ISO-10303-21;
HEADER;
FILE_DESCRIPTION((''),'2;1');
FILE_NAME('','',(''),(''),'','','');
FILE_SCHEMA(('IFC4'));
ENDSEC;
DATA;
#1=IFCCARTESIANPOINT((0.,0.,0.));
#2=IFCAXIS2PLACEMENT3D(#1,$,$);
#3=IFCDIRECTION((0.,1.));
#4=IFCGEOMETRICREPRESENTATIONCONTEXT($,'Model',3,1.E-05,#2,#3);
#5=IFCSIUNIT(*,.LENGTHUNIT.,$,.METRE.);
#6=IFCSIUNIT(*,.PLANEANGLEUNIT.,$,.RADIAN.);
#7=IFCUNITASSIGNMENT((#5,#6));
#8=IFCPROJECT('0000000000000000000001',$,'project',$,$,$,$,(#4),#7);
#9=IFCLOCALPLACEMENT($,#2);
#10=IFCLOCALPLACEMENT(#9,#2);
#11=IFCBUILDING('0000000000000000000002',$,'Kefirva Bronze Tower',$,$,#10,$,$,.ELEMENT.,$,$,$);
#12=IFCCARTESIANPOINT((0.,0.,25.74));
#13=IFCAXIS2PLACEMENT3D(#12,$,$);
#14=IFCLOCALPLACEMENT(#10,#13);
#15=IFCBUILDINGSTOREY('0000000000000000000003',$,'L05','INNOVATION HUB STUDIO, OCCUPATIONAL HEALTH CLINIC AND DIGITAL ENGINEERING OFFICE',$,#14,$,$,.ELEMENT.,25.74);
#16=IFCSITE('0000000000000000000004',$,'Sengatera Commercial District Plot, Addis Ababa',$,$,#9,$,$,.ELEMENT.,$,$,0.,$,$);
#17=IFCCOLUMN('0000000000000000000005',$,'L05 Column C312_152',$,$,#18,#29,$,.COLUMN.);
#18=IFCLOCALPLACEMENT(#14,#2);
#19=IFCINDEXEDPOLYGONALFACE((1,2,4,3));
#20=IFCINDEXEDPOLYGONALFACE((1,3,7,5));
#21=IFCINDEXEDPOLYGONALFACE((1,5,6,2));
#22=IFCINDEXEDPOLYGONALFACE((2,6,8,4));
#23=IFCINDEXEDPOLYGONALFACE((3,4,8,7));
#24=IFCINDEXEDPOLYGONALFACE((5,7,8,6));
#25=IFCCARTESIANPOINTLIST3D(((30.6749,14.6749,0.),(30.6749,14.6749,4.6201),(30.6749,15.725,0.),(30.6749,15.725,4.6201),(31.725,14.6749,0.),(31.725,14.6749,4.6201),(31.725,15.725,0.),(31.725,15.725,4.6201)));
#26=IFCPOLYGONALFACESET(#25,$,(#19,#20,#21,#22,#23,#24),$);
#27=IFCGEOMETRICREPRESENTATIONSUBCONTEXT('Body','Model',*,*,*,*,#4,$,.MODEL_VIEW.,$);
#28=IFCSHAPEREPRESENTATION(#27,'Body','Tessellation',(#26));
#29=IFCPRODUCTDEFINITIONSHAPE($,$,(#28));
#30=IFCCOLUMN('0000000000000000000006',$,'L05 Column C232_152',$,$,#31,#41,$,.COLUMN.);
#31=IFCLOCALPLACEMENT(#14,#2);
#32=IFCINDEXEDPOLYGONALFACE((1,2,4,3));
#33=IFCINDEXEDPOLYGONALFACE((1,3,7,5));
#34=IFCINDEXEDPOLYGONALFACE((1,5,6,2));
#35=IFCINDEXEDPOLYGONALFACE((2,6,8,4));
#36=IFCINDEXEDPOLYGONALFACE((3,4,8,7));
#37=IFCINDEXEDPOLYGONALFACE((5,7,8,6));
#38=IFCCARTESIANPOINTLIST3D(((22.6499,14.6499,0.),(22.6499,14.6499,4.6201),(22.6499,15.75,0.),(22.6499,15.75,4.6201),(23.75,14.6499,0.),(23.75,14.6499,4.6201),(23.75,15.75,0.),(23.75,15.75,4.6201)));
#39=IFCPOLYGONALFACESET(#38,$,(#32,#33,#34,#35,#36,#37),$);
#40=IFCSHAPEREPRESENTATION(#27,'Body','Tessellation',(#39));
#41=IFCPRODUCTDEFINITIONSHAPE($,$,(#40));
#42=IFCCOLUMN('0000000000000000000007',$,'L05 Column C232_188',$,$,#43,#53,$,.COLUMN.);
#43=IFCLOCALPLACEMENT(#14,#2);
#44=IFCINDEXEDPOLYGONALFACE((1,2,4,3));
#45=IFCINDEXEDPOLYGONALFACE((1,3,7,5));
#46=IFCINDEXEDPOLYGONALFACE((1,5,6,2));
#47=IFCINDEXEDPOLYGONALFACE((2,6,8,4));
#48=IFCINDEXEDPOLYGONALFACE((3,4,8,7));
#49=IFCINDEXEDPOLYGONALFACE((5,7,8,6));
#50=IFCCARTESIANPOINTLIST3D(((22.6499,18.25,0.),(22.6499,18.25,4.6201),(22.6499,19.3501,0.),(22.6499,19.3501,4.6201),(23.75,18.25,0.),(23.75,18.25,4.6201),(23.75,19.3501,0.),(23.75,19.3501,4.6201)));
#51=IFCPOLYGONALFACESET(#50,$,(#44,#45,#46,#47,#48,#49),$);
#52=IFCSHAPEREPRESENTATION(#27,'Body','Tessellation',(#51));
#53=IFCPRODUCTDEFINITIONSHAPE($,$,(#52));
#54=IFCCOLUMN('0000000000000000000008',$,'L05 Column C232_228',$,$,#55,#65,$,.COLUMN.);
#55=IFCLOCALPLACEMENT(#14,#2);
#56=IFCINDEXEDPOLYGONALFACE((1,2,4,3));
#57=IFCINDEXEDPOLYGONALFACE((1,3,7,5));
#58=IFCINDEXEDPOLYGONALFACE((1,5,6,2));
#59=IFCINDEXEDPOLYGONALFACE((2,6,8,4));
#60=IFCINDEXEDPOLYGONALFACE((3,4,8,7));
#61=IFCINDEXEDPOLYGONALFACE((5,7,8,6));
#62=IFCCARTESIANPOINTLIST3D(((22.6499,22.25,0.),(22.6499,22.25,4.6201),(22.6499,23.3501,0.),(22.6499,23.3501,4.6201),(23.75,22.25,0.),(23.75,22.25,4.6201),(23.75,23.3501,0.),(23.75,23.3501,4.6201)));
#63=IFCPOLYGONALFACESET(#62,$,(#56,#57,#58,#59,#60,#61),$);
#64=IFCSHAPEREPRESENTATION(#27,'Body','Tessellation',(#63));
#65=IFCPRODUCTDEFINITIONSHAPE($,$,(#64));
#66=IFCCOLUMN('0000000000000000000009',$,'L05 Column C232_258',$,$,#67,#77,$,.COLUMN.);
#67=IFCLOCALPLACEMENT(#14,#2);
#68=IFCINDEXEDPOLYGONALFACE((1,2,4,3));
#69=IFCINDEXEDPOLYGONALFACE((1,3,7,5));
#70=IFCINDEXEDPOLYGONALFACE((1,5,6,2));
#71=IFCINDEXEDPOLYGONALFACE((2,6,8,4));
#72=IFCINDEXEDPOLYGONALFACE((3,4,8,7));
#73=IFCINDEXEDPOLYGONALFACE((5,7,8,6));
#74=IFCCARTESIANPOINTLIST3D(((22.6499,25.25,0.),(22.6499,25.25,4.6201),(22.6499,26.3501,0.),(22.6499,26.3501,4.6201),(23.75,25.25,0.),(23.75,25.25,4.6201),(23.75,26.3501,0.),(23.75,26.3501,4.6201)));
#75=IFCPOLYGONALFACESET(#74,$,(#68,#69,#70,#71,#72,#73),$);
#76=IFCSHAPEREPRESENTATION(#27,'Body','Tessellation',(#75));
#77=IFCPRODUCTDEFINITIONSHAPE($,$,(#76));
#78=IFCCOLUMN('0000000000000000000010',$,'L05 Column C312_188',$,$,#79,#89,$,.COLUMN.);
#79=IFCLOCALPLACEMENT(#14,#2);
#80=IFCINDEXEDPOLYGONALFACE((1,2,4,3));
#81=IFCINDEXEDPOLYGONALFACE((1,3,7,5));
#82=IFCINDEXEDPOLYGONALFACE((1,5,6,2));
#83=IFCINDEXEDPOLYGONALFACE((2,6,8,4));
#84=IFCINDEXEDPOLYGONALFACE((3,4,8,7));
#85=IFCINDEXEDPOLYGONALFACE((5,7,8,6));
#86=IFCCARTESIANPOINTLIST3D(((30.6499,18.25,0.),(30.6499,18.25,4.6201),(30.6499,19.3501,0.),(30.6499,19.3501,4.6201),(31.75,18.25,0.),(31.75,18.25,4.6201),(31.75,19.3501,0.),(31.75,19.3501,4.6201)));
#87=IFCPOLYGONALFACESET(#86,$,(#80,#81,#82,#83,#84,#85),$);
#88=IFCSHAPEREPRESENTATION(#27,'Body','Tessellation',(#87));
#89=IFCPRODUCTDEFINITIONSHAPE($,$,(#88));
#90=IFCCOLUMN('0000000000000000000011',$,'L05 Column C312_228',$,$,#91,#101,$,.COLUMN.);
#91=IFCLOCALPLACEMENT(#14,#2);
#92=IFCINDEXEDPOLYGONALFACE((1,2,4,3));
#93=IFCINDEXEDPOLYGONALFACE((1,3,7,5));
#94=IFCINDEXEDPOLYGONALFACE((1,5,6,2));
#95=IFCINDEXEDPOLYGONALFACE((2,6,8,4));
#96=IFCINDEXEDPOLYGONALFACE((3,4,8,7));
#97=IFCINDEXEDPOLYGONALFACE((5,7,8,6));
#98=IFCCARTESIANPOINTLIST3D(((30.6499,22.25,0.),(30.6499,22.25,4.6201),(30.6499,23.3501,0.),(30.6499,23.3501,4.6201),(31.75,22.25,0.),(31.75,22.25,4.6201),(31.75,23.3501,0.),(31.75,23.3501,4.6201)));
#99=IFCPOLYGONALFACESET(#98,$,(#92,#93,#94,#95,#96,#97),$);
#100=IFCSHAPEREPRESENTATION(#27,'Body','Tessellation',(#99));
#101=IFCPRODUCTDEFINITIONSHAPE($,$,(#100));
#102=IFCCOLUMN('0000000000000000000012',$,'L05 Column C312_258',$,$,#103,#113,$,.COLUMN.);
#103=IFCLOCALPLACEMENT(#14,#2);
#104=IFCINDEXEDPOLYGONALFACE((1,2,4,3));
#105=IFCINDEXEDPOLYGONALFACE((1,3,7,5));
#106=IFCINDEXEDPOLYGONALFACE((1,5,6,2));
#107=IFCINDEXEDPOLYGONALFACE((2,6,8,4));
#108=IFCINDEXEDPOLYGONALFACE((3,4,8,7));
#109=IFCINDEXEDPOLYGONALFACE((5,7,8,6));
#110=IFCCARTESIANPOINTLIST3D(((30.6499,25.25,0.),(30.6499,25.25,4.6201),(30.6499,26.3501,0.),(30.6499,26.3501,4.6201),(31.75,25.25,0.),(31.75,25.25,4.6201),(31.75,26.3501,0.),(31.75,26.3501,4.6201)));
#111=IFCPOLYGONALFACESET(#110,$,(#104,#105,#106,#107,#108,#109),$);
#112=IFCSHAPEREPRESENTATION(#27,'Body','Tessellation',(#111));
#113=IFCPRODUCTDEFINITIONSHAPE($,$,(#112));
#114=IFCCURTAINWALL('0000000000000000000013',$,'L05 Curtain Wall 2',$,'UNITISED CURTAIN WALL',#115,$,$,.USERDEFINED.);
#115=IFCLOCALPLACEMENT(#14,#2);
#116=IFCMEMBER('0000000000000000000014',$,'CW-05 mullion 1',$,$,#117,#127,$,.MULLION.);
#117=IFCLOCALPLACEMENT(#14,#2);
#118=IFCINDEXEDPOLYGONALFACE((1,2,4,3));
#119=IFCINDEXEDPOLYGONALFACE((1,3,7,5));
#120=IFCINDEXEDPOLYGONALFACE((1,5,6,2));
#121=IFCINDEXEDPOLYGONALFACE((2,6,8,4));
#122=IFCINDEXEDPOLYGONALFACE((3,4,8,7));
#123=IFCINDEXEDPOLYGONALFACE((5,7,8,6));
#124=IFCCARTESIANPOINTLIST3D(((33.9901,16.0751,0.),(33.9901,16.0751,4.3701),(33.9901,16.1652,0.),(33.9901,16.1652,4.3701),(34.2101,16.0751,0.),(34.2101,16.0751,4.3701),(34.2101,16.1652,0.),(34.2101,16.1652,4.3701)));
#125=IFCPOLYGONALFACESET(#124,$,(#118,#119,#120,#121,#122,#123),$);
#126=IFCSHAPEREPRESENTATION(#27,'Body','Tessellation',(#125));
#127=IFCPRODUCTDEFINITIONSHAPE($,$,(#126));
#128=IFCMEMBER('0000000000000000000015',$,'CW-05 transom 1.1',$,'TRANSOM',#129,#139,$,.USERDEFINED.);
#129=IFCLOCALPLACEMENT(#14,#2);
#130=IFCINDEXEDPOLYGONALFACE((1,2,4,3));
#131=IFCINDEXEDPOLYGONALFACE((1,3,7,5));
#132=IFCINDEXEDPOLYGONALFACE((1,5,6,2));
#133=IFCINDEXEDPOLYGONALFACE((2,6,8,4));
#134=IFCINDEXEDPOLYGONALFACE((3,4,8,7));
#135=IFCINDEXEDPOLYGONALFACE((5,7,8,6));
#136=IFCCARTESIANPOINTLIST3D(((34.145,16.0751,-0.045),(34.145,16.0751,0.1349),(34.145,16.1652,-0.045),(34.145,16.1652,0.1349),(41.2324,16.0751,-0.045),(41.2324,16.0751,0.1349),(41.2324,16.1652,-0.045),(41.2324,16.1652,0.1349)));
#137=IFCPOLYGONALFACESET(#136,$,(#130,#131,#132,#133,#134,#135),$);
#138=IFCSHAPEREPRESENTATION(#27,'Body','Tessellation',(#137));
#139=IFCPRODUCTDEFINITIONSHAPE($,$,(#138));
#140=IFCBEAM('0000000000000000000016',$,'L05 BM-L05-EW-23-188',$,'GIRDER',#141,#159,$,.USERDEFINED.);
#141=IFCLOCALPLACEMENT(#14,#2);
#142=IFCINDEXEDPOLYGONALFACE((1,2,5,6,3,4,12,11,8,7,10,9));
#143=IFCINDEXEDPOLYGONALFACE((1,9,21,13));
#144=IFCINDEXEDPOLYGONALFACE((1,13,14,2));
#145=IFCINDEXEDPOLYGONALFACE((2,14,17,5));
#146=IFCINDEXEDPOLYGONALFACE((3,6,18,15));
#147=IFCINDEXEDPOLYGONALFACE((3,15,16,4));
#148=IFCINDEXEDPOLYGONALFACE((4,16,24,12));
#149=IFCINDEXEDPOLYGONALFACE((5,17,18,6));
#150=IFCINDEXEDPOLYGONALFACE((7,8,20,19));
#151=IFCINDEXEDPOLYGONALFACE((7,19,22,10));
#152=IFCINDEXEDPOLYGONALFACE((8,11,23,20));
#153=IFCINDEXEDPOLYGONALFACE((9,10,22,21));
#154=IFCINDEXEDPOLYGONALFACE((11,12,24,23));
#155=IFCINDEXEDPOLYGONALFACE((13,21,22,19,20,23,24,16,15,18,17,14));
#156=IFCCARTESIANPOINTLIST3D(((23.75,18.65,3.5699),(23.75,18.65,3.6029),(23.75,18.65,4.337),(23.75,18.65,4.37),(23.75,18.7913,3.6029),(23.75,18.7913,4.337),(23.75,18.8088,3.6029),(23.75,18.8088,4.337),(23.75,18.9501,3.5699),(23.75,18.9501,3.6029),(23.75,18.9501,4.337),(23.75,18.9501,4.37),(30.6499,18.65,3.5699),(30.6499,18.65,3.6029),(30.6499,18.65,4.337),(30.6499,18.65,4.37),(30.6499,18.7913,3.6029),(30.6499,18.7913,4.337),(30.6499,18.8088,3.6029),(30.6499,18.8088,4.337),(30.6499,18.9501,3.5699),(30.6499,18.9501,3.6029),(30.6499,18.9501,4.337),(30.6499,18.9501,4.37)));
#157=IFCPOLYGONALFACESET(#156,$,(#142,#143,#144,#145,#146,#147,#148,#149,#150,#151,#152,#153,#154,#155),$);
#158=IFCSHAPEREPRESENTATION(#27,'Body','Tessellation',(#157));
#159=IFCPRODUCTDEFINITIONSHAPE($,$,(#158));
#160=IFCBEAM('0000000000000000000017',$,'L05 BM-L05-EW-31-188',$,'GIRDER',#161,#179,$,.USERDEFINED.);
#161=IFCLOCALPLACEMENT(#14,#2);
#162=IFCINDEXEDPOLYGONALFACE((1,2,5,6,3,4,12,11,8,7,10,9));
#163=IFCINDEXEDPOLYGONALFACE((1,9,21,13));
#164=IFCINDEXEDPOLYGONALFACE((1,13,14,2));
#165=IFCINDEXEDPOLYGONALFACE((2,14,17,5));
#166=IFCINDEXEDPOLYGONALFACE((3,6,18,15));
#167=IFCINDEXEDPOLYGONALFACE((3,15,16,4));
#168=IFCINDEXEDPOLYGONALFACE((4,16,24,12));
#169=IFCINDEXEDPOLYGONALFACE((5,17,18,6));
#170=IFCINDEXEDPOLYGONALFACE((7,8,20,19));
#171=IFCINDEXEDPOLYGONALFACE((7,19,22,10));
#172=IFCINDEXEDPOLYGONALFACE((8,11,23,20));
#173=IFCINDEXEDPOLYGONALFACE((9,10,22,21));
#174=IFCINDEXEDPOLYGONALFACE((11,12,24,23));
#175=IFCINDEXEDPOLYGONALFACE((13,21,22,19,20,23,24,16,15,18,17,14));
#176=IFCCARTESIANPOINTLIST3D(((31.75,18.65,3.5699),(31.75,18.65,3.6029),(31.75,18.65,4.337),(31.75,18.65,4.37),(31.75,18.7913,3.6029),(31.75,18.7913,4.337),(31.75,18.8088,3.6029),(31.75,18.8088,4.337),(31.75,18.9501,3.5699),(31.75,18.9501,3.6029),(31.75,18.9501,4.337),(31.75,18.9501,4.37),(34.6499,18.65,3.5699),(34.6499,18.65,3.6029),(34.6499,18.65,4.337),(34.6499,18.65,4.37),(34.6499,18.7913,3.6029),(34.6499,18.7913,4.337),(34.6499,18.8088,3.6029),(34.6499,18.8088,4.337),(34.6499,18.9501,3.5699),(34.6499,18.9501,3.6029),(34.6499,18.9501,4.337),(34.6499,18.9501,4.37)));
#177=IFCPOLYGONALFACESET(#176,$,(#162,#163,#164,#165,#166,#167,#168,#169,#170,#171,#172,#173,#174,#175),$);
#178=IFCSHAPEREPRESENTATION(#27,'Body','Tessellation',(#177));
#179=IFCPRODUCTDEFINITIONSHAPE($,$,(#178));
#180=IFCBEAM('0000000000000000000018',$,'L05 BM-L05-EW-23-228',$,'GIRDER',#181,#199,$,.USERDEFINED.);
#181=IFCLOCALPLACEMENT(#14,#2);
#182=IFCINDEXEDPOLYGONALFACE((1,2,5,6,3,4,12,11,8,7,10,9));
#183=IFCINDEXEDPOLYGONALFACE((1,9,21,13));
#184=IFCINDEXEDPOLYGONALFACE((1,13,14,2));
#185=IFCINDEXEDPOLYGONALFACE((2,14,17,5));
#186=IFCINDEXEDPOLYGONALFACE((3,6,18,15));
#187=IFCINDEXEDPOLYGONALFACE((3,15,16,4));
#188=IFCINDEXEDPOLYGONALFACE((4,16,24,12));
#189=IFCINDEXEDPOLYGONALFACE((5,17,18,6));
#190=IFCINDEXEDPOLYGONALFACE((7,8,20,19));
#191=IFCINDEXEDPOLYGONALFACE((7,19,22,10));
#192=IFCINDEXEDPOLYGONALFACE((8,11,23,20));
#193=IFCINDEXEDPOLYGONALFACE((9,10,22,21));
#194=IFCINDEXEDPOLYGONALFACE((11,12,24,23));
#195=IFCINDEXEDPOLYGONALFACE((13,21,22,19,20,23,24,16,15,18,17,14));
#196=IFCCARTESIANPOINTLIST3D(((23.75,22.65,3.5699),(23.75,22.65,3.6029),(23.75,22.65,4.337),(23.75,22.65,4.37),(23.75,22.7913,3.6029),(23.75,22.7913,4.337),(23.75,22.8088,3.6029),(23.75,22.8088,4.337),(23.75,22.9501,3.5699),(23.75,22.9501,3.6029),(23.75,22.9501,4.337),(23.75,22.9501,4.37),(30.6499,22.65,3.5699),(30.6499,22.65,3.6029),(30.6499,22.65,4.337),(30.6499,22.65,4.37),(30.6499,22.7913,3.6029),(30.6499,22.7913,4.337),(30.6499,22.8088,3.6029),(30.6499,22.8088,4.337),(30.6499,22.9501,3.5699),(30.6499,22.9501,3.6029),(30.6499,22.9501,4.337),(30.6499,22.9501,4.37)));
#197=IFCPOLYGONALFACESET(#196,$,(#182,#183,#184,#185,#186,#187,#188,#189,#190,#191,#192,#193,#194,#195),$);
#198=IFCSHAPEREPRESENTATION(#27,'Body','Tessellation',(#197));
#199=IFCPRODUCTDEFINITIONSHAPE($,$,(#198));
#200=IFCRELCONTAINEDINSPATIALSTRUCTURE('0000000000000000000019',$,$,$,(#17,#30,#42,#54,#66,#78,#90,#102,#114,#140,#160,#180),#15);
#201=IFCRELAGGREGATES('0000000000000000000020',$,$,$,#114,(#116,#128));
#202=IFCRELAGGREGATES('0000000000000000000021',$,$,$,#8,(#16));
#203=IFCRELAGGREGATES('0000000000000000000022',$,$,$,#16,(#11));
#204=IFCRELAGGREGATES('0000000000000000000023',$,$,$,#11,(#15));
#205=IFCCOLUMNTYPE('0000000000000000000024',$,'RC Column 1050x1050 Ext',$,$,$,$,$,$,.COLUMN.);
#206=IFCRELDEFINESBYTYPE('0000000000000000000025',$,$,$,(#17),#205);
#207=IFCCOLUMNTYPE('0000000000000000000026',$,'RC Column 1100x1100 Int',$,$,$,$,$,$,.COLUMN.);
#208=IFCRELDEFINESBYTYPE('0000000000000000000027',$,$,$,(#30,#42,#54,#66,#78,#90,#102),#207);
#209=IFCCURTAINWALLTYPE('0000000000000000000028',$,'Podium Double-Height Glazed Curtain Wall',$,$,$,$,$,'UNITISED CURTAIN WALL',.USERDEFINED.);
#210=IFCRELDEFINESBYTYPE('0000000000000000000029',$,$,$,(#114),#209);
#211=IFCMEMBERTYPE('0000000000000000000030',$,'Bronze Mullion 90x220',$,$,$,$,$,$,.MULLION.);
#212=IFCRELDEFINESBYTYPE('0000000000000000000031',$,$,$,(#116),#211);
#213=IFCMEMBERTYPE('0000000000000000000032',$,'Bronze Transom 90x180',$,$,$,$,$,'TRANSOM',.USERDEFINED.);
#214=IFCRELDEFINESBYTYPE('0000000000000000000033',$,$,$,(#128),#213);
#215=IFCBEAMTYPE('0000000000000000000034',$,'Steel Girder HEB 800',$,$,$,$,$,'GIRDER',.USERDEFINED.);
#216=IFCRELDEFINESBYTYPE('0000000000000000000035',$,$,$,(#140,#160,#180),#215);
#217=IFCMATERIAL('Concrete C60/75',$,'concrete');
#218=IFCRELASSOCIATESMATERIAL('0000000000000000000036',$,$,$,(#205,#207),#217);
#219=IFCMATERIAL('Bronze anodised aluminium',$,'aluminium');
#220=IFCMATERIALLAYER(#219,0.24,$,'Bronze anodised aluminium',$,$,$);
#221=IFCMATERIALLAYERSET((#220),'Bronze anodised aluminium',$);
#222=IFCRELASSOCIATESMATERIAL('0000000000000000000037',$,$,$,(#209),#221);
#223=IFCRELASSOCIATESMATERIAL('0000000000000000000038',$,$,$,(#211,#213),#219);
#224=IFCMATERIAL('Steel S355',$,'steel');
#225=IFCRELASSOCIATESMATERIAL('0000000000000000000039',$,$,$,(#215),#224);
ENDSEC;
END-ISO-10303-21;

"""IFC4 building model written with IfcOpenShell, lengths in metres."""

from ifc_helpers import new_model, si_unit, direction, frame, origin, origin_2d, place, context, subcontext, project, spatial, rectangle, i_section, extrude, material, layer, layer_set, material_profile, profile_set, type_object, element, aggregate, save


model = new_model("IFC4")

# Units and contexts
model_context = context("Model", 3, precision=1e-05, world=origin(), true_north=direction((0.0, 1.0)))
body_context = subcontext(model_context, "Body", "Model", "MODEL_VIEW")
ifc_project = project(units=[si_unit("LENGTHUNIT", "METRE"), si_unit("PLANEANGLEUNIT", "RADIAN")], contexts=[model_context])

# Site, building, storey
site_placement = place(None, origin())
site = spatial("IfcSite", under=ifc_project, at=site_placement, Name="Sengatera Commercial District Plot, Addis Ababa", CompositionType="ELEMENT", RefElevation=0.0)
building_placement = place(site_placement, origin())
building = spatial("IfcBuilding", under=site, at=building_placement, Name="Kefirva Bronze Tower", CompositionType="ELEMENT")
storey_placement = place(building_placement, frame((0.0, 0.0, 25.74)))
storey = spatial("IfcBuildingStorey", under=building, at=storey_placement, Name="L05", Description="INNOVATION HUB STUDIO, OCCUPATIONAL HEALTH CLINIC AND DIGITAL ENGINEERING OFFICE", CompositionType="ELEMENT", Elevation=25.74)

# Columns
ifc_material_1 = material(Name="Concrete C60/75", Category="concrete")
ifc_material_profile_1 = material_profile(ifc_material_1, rectangle(XDim=1.05, YDim=1.05, at=origin_2d()), Name="RC 1050x1050")
ifc_profile_set_1 = profile_set([ifc_material_profile_1], Name="Concrete C60/75")
column_type_1 = type_object("IfcColumnType", Name="RC Column 1050x1050 Ext", PredefinedType="COLUMN", material=ifc_profile_set_1)
column_placement = place(storey_placement, frame((31.2, 15.2, 0.0), z_axis=(0.0, 0.0, 1.0), x_axis=(1.0, 0.0, 0.0)))
element("IfcColumn", 1, at=column_placement, inside=storey, type_object=column_type_1, Name="L05 Column C312_152", PredefinedType="COLUMN", context=body_context, shape_type="SweptSolid", body=[
    extrude(rectangle(XDim=1.05, YDim=1.05, at=origin_2d()), origin(), (0.0, 0.0, 1.0), 4.6201),
])
ifc_material_profile_2 = material_profile(ifc_material_1, rectangle(XDim=1.1001, YDim=1.1001, at=origin_2d()), Name="RC 1100x1100")
ifc_profile_set_2 = profile_set([ifc_material_profile_2], Name="Concrete C60/75")
column_type_2 = type_object("IfcColumnType", Name="RC Column 1100x1100 Int", PredefinedType="COLUMN", material=ifc_profile_set_2)
for number, where, z_axis, x_axis, name in (
    (2, (23.2, 15.2, 0.0), (0.0, 0.0, 1.0), (1.0, 0.0, 0.0), "L05 Column C232_152"),
    (3, (23.2, 18.8, 0.0), (0.0, 0.0, 1.0), (1.0, 0.0, 0.0), "L05 Column C232_188"),
    (4, (23.2, 22.8, 0.0), (0.0, 0.0, 1.0), (1.0, 0.0, 0.0), "L05 Column C232_228"),
    (5, (23.2, 25.8, 0.0), (0.0, 0.0, 1.0), (1.0, 0.0, 0.0), "L05 Column C232_258"),
    (6, (31.2, 18.8, 0.0), (0.0, 0.0, 1.0), (1.0, 0.0, 0.0), "L05 Column C312_188"),
    (7, (31.2, 22.8, 0.0), (0.0, 0.0, 1.0), (1.0, 0.0, 0.0), "L05 Column C312_228"),
    (8, (31.2, 25.8, 0.0), (0.0, 0.0, 1.0), (1.0, 0.0, 0.0), "L05 Column C312_258"),
):
    element("IfcColumn", number, at=place(storey_placement, frame(where, z_axis=z_axis, x_axis=x_axis)), inside=storey, type_object=column_type_2, Name=name, PredefinedType="COLUMN", context=body_context, shape_type="SweptSolid", body=[
        extrude(rectangle(XDim=1.1001, YDim=1.1001, at=origin_2d()), origin(), (0.0, 0.0, 1.0), 4.6201),
    ])

# Curtain wall, members
ifc_material_2 = material(Name="Bronze anodised aluminium", Category="aluminium")
ifc_layer_1 = layer(ifc_material_2, 0.24, Name="Bronze anodised aluminium")
ifc_layer_set_1 = layer_set([ifc_layer_1], Name="Bronze anodised aluminium")
curtain_wall_type = type_object("IfcCurtainWallType", Name="Podium Double-Height Glazed Curtain Wall", ElementType="UNITISED CURTAIN WALL", PredefinedType="USERDEFINED", material=ifc_layer_set_1)
curtain_wall_placement = place(storey_placement, origin())
curtain_wall = element("IfcCurtainWall", 9, at=curtain_wall_placement, inside=storey, type_object=curtain_wall_type, Name="L05 Curtain Wall 2", ObjectType="UNITISED CURTAIN WALL", PredefinedType="USERDEFINED")
ifc_material_profile_3 = material_profile(ifc_material_2, rectangle(XDim=0.0901, YDim=0.22, at=origin_2d()), Name="ALU 90x220")
ifc_profile_set_3 = profile_set([ifc_material_profile_3], Name="Bronze anodised aluminium")
member_type_1 = type_object("IfcMemberType", Name="Bronze Mullion 90x220", PredefinedType="MULLION", material=ifc_profile_set_3)
member_1_placement = place(storey_placement, frame((34.1001, 16.1201, 0.0), z_axis=(0.0, 0.0, 1.0), x_axis=(0.0, 1.0, 0.0)))
member_1 = element("IfcMember", 10, at=member_1_placement, type_object=member_type_1, Name="CW-05 mullion 1", PredefinedType="MULLION", context=body_context, shape_type="SweptSolid", body=[
    extrude(rectangle(XDim=0.0901, YDim=0.22, at=origin_2d()), origin(), (0.0, 0.0, 1.0), 4.3701),
])
ifc_material_profile_4 = material_profile(ifc_material_2, rectangle(XDim=0.0901, YDim=0.1799, at=origin_2d()), Name="ALU 90x180")
ifc_profile_set_4 = profile_set([ifc_material_profile_4], Name="Bronze anodised aluminium")
member_type_2 = type_object("IfcMemberType", Name="Bronze Transom 90x180", ElementType="TRANSOM", PredefinedType="USERDEFINED", material=ifc_profile_set_4)
member_2_placement = place(storey_placement, frame((34.145, 16.1201, 0.0449), z_axis=(1.0, 0.0, 0.0), x_axis=(0.0, 1.0, 0.0)))
member_2 = element("IfcMember", 11, at=member_2_placement, type_object=member_type_2, Name="CW-05 transom 1.1", ObjectType="TRANSOM", PredefinedType="USERDEFINED", context=body_context, shape_type="SweptSolid", body=[
    extrude(rectangle(XDim=0.0901, YDim=0.1799, at=origin_2d()), origin(), (0.0, 0.0, 1.0), 7.0874),
])
aggregate(curtain_wall, [member_1, member_2])

# Beams
ifc_material_3 = material(Name="Steel S355", Category="steel")
ifc_material_profile_5 = material_profile(ifc_material_3, i_section(OverallWidth=0.3, OverallDepth=0.8, WebThickness=0.0176, FlangeThickness=0.033, at=origin_2d()), Name="HEB 800")
ifc_profile_set_5 = profile_set([ifc_material_profile_5], Name="Steel S355")
beam_type_1 = type_object("IfcBeamType", Name="Steel Girder HEB 800", ElementType="GIRDER", PredefinedType="USERDEFINED", material=ifc_profile_set_5)
beam_1_placement = place(storey_placement, frame((23.75, 18.8, 3.97), z_axis=(1.0, 0.0, 0.0), x_axis=(0.0, 1.0, 0.0)))
element("IfcBeam", 12, at=beam_1_placement, inside=storey, type_object=beam_type_1, Name="L05 BM-L05-EW-23-188", ObjectType="GIRDER", PredefinedType="USERDEFINED", context=body_context, shape_type="SweptSolid", body=[
    extrude(i_section(OverallWidth=0.3, OverallDepth=0.8, WebThickness=0.0176, FlangeThickness=0.033, at=origin_2d()), origin(), (0.0, 0.0, 1.0), 6.8999),
])
beam_2_placement = place(storey_placement, frame((31.75, 18.8, 3.97), z_axis=(1.0, 0.0, 0.0), x_axis=(0.0, 1.0, 0.0)))
element("IfcBeam", 13, at=beam_2_placement, inside=storey, type_object=beam_type_1, Name="L05 BM-L05-EW-31-188", ObjectType="GIRDER", PredefinedType="USERDEFINED", context=body_context, shape_type="SweptSolid", body=[
    extrude(i_section(OverallWidth=0.3, OverallDepth=0.8, WebThickness=0.0176, FlangeThickness=0.033, at=origin_2d()), origin(), (0.0, 0.0, 1.0), 2.8999),
])
beam_3_placement = place(storey_placement, frame((23.75, 22.8, 3.97), z_axis=(1.0, 0.0, 0.0), x_axis=(0.0, 1.0, 0.0)))
element("IfcBeam", 14, at=beam_3_placement, inside=storey, type_object=beam_type_1, Name="L05 BM-L05-EW-23-228", ObjectType="GIRDER", PredefinedType="USERDEFINED", context=body_context, shape_type="SweptSolid", body=[
    extrude(i_section(OverallWidth=0.3, OverallDepth=0.8, WebThickness=0.0176, FlangeThickness=0.033, at=origin_2d()), origin(), (0.0, 0.0, 1.0), 6.8999),
])

save(model, "model.ifc")
